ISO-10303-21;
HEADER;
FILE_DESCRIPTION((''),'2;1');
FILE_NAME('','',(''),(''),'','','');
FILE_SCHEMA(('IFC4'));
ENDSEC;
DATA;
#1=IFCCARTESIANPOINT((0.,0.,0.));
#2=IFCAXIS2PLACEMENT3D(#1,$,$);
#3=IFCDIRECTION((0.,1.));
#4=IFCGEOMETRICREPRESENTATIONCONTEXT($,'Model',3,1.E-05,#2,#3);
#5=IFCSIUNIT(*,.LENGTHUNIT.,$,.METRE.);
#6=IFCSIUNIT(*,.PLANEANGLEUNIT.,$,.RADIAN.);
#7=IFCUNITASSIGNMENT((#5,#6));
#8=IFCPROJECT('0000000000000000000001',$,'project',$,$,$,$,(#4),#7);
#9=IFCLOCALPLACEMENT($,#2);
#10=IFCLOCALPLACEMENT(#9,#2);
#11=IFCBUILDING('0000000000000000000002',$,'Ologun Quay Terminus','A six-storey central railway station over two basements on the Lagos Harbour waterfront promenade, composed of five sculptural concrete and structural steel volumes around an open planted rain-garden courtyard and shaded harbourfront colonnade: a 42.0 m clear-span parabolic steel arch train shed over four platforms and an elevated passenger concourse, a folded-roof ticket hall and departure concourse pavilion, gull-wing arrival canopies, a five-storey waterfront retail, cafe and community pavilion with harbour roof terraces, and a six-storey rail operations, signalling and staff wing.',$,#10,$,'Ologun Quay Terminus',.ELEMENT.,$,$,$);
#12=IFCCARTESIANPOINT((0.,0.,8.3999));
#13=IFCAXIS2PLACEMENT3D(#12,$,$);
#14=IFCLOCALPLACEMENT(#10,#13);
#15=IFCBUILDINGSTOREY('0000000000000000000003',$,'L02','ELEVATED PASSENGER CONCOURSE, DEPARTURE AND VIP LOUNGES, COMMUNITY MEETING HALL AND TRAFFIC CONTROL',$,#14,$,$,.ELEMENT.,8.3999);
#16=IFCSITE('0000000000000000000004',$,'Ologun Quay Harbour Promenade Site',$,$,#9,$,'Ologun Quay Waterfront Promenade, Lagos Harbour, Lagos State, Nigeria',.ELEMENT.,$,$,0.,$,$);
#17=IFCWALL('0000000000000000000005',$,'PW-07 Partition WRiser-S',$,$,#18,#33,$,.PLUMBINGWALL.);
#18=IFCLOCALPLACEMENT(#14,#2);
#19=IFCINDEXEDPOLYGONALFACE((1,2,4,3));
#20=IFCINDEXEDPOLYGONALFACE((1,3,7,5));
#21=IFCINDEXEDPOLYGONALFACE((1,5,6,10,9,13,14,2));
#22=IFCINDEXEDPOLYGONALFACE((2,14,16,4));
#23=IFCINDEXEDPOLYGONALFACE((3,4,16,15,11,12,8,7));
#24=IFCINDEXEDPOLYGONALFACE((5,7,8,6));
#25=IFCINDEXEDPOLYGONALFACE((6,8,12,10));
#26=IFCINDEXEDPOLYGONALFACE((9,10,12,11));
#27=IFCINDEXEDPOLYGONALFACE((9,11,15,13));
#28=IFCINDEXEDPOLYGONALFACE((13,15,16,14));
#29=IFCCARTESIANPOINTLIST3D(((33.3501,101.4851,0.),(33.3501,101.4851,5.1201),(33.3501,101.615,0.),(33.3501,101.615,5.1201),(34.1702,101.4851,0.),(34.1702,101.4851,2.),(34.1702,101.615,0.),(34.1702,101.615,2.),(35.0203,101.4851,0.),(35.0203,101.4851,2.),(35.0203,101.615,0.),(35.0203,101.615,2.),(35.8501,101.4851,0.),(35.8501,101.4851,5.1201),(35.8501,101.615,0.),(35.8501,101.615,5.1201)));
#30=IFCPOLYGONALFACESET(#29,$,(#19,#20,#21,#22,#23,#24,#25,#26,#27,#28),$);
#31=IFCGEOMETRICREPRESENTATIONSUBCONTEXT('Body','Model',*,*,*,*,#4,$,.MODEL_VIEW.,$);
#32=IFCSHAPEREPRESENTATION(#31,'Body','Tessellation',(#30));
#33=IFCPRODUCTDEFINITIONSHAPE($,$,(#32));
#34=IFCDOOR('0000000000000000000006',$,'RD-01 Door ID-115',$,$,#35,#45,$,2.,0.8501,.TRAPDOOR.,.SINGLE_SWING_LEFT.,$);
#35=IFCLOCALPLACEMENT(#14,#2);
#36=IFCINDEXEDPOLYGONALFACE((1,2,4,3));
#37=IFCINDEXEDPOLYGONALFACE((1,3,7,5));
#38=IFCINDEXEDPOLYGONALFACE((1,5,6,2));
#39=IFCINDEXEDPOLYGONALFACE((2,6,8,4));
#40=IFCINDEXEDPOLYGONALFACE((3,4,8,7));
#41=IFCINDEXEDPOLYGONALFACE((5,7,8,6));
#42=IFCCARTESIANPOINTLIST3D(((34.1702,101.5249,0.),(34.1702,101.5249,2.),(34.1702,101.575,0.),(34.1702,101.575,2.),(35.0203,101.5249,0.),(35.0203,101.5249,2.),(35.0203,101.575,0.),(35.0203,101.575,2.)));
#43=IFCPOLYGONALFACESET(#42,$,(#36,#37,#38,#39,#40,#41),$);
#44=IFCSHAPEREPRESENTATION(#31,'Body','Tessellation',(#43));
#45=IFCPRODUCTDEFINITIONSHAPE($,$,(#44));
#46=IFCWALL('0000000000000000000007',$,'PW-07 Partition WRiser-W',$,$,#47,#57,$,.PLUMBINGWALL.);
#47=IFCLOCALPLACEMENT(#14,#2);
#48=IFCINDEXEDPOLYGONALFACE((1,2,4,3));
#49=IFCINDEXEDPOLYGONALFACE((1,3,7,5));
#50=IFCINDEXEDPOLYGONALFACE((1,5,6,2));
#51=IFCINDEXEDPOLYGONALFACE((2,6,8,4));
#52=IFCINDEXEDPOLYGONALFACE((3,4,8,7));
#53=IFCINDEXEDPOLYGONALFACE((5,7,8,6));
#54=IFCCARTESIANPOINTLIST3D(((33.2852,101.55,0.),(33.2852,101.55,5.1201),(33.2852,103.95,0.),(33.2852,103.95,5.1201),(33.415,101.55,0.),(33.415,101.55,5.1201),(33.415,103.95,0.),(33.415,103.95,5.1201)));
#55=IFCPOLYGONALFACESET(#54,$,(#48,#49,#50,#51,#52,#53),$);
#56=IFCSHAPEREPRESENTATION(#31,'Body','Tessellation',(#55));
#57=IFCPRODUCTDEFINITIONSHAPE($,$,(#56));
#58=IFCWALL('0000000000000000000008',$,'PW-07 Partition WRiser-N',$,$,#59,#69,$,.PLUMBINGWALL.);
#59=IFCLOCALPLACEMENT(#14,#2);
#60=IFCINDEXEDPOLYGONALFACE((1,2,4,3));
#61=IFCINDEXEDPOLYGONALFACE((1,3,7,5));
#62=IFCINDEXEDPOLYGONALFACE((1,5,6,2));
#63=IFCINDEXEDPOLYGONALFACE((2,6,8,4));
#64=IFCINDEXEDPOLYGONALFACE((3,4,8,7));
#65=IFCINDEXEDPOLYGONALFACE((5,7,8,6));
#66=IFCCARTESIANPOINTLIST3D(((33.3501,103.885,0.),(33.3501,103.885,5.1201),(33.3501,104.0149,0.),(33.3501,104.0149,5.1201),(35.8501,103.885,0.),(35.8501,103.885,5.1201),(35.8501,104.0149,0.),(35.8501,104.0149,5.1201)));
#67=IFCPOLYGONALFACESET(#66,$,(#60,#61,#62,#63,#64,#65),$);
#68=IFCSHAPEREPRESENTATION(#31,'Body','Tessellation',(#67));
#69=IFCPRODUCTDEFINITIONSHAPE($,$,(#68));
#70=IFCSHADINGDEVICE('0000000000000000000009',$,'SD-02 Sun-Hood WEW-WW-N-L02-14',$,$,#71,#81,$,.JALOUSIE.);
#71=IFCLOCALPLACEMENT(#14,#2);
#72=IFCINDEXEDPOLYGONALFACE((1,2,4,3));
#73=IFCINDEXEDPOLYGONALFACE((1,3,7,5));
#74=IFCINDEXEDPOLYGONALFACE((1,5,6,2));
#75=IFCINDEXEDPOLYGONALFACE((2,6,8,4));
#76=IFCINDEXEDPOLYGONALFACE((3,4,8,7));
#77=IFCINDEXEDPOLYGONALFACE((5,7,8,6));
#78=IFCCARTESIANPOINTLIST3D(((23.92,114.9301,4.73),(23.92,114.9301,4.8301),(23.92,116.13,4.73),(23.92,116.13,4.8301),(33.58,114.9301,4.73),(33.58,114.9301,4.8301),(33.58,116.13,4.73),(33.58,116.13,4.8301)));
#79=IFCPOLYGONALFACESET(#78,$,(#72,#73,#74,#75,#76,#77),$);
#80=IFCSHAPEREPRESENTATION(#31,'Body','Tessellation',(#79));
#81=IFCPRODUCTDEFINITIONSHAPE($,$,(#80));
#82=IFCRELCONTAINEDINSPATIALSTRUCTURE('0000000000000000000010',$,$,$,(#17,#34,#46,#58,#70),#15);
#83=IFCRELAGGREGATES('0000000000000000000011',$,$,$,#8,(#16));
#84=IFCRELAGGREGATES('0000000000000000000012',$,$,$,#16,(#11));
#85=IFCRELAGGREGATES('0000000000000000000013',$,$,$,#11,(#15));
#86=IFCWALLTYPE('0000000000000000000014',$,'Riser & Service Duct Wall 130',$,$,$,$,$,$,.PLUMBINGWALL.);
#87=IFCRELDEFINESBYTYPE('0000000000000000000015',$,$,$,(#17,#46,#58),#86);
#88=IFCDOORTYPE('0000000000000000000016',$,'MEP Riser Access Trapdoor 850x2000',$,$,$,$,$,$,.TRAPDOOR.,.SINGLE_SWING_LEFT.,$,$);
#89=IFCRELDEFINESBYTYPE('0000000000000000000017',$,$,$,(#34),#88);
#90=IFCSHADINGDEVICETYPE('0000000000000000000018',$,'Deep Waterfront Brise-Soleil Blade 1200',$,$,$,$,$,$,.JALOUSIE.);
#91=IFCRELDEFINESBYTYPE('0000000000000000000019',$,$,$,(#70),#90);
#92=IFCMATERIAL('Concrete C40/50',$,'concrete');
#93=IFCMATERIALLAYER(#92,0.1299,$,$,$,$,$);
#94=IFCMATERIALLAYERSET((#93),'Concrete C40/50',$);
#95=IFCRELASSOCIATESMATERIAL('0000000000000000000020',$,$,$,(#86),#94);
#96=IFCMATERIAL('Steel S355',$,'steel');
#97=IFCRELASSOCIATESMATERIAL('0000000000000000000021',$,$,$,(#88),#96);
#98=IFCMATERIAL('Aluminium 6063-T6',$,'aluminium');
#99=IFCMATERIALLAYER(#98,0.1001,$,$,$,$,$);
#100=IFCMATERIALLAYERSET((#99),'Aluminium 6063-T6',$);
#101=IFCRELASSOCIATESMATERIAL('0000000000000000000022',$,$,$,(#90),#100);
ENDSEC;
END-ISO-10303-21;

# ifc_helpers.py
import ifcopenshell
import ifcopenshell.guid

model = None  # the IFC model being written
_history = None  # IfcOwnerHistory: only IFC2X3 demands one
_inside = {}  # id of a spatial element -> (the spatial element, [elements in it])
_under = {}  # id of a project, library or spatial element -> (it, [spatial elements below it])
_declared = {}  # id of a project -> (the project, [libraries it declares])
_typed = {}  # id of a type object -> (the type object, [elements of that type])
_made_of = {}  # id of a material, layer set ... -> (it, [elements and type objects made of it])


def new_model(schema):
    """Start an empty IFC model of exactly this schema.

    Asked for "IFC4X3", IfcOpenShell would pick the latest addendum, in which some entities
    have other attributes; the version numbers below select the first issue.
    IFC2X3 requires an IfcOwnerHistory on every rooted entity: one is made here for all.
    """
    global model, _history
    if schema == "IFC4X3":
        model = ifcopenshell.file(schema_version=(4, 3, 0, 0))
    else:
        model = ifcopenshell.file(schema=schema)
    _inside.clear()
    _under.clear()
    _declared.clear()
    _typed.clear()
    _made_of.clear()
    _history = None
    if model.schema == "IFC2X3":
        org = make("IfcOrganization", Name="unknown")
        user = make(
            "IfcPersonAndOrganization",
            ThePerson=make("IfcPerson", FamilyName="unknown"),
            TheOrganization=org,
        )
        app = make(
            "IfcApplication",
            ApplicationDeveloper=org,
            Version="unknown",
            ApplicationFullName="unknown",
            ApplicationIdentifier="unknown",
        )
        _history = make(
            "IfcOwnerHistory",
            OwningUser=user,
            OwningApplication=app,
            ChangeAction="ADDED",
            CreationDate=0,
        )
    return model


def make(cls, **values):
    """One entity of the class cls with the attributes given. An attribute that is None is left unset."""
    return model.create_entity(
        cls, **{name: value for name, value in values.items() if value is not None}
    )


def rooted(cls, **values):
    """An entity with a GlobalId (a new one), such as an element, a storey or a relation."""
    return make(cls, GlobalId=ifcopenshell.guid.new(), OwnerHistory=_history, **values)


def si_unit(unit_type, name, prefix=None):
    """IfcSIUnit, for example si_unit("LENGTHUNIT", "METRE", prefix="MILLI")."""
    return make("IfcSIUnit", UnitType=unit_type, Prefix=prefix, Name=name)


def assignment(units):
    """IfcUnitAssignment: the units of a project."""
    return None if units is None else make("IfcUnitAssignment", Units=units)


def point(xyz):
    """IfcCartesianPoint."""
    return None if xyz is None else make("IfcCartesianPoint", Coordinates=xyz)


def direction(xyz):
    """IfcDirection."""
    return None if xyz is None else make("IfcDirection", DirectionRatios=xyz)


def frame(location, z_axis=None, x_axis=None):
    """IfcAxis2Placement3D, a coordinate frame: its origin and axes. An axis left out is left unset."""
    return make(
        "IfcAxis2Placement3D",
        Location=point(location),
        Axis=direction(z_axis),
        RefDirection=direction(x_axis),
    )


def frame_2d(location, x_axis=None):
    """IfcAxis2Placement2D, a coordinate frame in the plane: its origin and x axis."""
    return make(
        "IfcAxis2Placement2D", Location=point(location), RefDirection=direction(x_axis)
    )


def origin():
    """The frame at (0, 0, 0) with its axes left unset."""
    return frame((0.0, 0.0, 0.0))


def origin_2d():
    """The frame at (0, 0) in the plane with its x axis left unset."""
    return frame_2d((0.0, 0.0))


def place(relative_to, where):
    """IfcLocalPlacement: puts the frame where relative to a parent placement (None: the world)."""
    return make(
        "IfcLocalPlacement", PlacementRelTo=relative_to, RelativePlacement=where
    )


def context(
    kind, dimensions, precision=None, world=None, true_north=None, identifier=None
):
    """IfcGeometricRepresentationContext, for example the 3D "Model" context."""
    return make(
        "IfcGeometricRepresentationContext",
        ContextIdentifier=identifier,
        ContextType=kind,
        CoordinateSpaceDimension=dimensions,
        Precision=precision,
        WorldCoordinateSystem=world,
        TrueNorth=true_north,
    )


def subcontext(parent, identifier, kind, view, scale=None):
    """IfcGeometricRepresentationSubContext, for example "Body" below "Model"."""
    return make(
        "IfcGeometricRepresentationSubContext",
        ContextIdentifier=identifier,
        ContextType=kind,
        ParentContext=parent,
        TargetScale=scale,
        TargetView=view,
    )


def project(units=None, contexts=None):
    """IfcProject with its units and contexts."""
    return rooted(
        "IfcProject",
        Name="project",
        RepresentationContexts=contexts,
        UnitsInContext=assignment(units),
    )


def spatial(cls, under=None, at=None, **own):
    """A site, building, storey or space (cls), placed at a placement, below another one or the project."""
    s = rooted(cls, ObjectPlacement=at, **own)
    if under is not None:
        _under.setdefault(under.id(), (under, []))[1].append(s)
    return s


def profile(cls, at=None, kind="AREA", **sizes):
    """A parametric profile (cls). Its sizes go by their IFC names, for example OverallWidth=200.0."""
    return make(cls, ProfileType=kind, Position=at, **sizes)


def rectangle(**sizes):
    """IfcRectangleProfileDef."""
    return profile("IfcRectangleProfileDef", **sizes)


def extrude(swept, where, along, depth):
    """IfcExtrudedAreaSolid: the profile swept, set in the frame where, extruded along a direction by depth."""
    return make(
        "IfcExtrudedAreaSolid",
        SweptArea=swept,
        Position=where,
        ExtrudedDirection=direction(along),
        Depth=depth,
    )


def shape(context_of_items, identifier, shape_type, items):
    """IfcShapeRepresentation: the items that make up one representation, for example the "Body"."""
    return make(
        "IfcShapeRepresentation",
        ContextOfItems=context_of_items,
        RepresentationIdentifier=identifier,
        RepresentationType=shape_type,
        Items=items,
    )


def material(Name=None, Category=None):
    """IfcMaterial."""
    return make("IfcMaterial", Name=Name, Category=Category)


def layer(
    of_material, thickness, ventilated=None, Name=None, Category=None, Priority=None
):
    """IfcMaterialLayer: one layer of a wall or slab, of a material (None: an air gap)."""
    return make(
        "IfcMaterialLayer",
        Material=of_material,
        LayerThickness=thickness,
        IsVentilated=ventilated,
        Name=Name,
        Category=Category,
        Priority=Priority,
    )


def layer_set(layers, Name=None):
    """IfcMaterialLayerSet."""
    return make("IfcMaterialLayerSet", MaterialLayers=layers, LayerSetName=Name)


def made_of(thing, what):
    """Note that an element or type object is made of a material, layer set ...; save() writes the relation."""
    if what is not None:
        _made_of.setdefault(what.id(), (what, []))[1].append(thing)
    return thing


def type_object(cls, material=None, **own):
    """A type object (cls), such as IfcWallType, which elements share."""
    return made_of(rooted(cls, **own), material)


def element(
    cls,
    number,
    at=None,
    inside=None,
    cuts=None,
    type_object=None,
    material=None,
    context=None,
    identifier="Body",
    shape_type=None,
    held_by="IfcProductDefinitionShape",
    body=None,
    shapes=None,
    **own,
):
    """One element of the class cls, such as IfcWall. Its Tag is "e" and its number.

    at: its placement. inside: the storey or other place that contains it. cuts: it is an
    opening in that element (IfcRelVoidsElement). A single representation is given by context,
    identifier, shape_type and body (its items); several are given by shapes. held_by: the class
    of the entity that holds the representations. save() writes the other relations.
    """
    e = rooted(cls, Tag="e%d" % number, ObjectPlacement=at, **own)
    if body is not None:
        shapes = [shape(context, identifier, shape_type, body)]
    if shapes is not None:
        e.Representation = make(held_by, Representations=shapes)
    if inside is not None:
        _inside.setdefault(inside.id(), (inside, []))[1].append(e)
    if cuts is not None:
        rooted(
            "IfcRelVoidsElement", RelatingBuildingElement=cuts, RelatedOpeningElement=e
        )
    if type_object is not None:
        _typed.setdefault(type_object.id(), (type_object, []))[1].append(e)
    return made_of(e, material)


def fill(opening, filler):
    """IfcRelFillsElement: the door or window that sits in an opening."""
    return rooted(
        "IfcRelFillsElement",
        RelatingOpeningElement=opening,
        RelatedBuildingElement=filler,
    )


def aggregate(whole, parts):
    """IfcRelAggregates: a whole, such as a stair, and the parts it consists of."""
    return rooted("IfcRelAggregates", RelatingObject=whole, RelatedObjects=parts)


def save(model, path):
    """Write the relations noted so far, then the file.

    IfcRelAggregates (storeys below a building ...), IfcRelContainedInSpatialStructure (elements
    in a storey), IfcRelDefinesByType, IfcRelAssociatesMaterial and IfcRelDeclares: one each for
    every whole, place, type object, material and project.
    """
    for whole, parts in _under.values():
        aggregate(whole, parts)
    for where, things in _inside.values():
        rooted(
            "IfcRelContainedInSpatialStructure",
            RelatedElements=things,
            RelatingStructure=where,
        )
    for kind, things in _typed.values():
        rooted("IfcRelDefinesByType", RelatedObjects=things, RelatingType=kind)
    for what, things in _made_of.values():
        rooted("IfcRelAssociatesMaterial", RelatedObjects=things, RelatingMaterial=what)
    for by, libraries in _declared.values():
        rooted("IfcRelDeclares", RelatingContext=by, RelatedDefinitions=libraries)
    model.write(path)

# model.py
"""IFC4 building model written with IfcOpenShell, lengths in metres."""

from ifc_helpers import new_model, si_unit, direction, frame, frame_2d, origin, origin_2d, place, context, subcontext, project, spatial, rectangle, extrude, material, layer, layer_set, type_object, element, fill, save


model = new_model("IFC4")

# Units and contexts
model_context = context("Model", 3, precision=1e-05, world=origin(), true_north=direction((0.0, 1.0)))
body_context = subcontext(model_context, "Body", "Model", "MODEL_VIEW")
ifc_project = project(units=[si_unit("LENGTHUNIT", "METRE"), si_unit("PLANEANGLEUNIT", "RADIAN")], contexts=[model_context])

# Site, building, storey
site_placement = place(None, origin())
site = spatial("IfcSite", under=ifc_project, at=site_placement, Name="Ologun Quay Harbour Promenade Site", LongName="Ologun Quay Waterfront Promenade, Lagos Harbour, Lagos State, Nigeria", CompositionType="ELEMENT", RefElevation=0.0)
building_placement = place(site_placement, origin())
building = spatial("IfcBuilding", under=site, at=building_placement, Name="Ologun Quay Terminus", Description="A six-storey central railway station over two basements on the Lagos Harbour waterfront promenade, composed of five sculptural concrete and structural steel volumes around an open planted rain-garden courtyard and shaded harbourfront colonnade: a 42.0 m clear-span parabolic steel arch train shed over four platforms and an elevated passenger concourse, a folded-roof ticket hall and departure concourse pavilion, gull-wing arrival canopies, a five-storey waterfront retail, cafe and community pavilion with harbour roof terraces, and a six-storey rail operations, signalling and staff wing.", LongName="Ologun Quay Terminus", CompositionType="ELEMENT")
storey_placement = place(building_placement, frame((0.0, 0.0, 8.3999)))
storey = spatial("IfcBuildingStorey", under=building, at=storey_placement, Name="L02", Description="ELEVATED PASSENGER CONCOURSE, DEPARTURE AND VIP LOUNGES, COMMUNITY MEETING HALL AND TRAFFIC CONTROL", CompositionType="ELEMENT", Elevation=8.3999)

# Wall, opening, door
ifc_material_1 = material(Name="Concrete C40/50", Category="concrete")
ifc_layer_1 = layer(ifc_material_1, 0.1299)
ifc_layer_set_1 = layer_set([ifc_layer_1], Name="Concrete C40/50")
wall_type_1 = type_object("IfcWallType", Name="Riser & Service Duct Wall 130", PredefinedType="PLUMBINGWALL", material=ifc_layer_set_1)
wall_1_placement = place(storey_placement, frame((33.3501, 101.55, 0.0), z_axis=(0.0, 0.0, 1.0), x_axis=(1.0, 0.0, 0.0)))
wall_1 = element("IfcWall", 1, at=wall_1_placement, inside=storey, type_object=wall_type_1, Name="PW-07 Partition WRiser-S", PredefinedType="PLUMBINGWALL", context=body_context, shape_type="SweptSolid", body=[
    extrude(rectangle(XDim=2.5, YDim=0.1299, at=frame_2d((1.25, 0.0))), origin(), (0.0, 0.0, 1.0), 5.1201),
])
opening_1_placement = place(wall_1_placement, frame((0.8201, 0.0, 0.0)))
opening_1 = element("IfcOpeningElement", 2, at=opening_1_placement, cuts=wall_1, PredefinedType="OPENING", context=body_context, shape_type="SweptSolid", body=[
    extrude(rectangle(XDim=0.8501, YDim=2.0, at=frame_2d((0.425, 1.0))), frame((0.0, 0.075, 0.0), z_axis=(0.0, -1.0, 0.0), x_axis=(1.0, 0.0, 0.0)), (0.0, 0.0, 1.0), 0.1499),
])
ifc_material_2 = material(Name="Steel S355", Category="steel")
door_type_1 = type_object("IfcDoorType", Name="MEP Riser Access Trapdoor 850x2000", OperationType="SINGLE_SWING_LEFT", PredefinedType="TRAPDOOR", material=ifc_material_2)
door_1_placement = place(opening_1_placement, origin())
door_1 = element("IfcDoor", 3, at=door_1_placement, inside=storey, type_object=door_type_1, Name="RD-01 Door ID-115", OperationType="SINGLE_SWING_LEFT", OverallHeight=2.0, OverallWidth=0.8501, PredefinedType="TRAPDOOR", context=body_context, shape_type="SweptSolid", body=[
    extrude(rectangle(XDim=0.8501, YDim=2.0, at=frame_2d((0.425, 1.0))), frame((0.0, 0.0249, 0.0), z_axis=(0.0, -1.0, 0.0), x_axis=(1.0, 0.0, 0.0)), (0.0, 0.0, 1.0), 0.05),
])
fill(opening_1, door_1)

# Walls
wall_2_placement = place(storey_placement, frame((33.3501, 101.55, 0.0), z_axis=(0.0, 0.0, 1.0), x_axis=(0.0, 1.0, 0.0)))
element("IfcWall", 4, at=wall_2_placement, inside=storey, type_object=wall_type_1, Name="PW-07 Partition WRiser-W", PredefinedType="PLUMBINGWALL", context=body_context, shape_type="SweptSolid", body=[
    extrude(rectangle(XDim=2.3999, YDim=0.1299, at=frame_2d((1.2, 0.0))), origin(), (0.0, 0.0, 1.0), 5.1201),
])
wall_3_placement = place(storey_placement, frame((33.3501, 103.95, 0.0), z_axis=(0.0, 0.0, 1.0), x_axis=(1.0, 0.0, 0.0)))
element("IfcWall", 5, at=wall_3_placement, inside=storey, type_object=wall_type_1, Name="PW-07 Partition WRiser-N", PredefinedType="PLUMBINGWALL", context=body_context, shape_type="SweptSolid", body=[
    extrude(rectangle(XDim=2.5, YDim=0.1299, at=frame_2d((1.25, 0.0))), origin(), (0.0, 0.0, 1.0), 5.1201),
])

# Shading device
ifc_material_3 = material(Name="Aluminium 6063-T6", Category="aluminium")
ifc_layer_2 = layer(ifc_material_3, 0.1001)
ifc_layer_set_2 = layer_set([ifc_layer_2], Name="Aluminium 6063-T6")
shading_device_type = type_object("IfcShadingDeviceType", Name="Deep Waterfront Brise-Soleil Blade 1200", PredefinedType="JALOUSIE", material=ifc_layer_set_2)
shading_device_placement = place(storey_placement, frame((28.75, 115.53, 4.73), z_axis=(0.0, 0.0, 1.0), x_axis=(1.0, 0.0, 0.0)))
element("IfcShadingDevice", 6, at=shading_device_placement, inside=storey, type_object=shading_device_type, Name="SD-02 Sun-Hood WEW-WW-N-L02-14", PredefinedType="JALOUSIE", context=body_context, shape_type="SweptSolid", body=[
    extrude(rectangle(XDim=9.6599, YDim=1.2, at=origin_2d()), origin(), (0.0, 0.0, 1.0), 0.1001),
])

save(model, "model.ifc")
